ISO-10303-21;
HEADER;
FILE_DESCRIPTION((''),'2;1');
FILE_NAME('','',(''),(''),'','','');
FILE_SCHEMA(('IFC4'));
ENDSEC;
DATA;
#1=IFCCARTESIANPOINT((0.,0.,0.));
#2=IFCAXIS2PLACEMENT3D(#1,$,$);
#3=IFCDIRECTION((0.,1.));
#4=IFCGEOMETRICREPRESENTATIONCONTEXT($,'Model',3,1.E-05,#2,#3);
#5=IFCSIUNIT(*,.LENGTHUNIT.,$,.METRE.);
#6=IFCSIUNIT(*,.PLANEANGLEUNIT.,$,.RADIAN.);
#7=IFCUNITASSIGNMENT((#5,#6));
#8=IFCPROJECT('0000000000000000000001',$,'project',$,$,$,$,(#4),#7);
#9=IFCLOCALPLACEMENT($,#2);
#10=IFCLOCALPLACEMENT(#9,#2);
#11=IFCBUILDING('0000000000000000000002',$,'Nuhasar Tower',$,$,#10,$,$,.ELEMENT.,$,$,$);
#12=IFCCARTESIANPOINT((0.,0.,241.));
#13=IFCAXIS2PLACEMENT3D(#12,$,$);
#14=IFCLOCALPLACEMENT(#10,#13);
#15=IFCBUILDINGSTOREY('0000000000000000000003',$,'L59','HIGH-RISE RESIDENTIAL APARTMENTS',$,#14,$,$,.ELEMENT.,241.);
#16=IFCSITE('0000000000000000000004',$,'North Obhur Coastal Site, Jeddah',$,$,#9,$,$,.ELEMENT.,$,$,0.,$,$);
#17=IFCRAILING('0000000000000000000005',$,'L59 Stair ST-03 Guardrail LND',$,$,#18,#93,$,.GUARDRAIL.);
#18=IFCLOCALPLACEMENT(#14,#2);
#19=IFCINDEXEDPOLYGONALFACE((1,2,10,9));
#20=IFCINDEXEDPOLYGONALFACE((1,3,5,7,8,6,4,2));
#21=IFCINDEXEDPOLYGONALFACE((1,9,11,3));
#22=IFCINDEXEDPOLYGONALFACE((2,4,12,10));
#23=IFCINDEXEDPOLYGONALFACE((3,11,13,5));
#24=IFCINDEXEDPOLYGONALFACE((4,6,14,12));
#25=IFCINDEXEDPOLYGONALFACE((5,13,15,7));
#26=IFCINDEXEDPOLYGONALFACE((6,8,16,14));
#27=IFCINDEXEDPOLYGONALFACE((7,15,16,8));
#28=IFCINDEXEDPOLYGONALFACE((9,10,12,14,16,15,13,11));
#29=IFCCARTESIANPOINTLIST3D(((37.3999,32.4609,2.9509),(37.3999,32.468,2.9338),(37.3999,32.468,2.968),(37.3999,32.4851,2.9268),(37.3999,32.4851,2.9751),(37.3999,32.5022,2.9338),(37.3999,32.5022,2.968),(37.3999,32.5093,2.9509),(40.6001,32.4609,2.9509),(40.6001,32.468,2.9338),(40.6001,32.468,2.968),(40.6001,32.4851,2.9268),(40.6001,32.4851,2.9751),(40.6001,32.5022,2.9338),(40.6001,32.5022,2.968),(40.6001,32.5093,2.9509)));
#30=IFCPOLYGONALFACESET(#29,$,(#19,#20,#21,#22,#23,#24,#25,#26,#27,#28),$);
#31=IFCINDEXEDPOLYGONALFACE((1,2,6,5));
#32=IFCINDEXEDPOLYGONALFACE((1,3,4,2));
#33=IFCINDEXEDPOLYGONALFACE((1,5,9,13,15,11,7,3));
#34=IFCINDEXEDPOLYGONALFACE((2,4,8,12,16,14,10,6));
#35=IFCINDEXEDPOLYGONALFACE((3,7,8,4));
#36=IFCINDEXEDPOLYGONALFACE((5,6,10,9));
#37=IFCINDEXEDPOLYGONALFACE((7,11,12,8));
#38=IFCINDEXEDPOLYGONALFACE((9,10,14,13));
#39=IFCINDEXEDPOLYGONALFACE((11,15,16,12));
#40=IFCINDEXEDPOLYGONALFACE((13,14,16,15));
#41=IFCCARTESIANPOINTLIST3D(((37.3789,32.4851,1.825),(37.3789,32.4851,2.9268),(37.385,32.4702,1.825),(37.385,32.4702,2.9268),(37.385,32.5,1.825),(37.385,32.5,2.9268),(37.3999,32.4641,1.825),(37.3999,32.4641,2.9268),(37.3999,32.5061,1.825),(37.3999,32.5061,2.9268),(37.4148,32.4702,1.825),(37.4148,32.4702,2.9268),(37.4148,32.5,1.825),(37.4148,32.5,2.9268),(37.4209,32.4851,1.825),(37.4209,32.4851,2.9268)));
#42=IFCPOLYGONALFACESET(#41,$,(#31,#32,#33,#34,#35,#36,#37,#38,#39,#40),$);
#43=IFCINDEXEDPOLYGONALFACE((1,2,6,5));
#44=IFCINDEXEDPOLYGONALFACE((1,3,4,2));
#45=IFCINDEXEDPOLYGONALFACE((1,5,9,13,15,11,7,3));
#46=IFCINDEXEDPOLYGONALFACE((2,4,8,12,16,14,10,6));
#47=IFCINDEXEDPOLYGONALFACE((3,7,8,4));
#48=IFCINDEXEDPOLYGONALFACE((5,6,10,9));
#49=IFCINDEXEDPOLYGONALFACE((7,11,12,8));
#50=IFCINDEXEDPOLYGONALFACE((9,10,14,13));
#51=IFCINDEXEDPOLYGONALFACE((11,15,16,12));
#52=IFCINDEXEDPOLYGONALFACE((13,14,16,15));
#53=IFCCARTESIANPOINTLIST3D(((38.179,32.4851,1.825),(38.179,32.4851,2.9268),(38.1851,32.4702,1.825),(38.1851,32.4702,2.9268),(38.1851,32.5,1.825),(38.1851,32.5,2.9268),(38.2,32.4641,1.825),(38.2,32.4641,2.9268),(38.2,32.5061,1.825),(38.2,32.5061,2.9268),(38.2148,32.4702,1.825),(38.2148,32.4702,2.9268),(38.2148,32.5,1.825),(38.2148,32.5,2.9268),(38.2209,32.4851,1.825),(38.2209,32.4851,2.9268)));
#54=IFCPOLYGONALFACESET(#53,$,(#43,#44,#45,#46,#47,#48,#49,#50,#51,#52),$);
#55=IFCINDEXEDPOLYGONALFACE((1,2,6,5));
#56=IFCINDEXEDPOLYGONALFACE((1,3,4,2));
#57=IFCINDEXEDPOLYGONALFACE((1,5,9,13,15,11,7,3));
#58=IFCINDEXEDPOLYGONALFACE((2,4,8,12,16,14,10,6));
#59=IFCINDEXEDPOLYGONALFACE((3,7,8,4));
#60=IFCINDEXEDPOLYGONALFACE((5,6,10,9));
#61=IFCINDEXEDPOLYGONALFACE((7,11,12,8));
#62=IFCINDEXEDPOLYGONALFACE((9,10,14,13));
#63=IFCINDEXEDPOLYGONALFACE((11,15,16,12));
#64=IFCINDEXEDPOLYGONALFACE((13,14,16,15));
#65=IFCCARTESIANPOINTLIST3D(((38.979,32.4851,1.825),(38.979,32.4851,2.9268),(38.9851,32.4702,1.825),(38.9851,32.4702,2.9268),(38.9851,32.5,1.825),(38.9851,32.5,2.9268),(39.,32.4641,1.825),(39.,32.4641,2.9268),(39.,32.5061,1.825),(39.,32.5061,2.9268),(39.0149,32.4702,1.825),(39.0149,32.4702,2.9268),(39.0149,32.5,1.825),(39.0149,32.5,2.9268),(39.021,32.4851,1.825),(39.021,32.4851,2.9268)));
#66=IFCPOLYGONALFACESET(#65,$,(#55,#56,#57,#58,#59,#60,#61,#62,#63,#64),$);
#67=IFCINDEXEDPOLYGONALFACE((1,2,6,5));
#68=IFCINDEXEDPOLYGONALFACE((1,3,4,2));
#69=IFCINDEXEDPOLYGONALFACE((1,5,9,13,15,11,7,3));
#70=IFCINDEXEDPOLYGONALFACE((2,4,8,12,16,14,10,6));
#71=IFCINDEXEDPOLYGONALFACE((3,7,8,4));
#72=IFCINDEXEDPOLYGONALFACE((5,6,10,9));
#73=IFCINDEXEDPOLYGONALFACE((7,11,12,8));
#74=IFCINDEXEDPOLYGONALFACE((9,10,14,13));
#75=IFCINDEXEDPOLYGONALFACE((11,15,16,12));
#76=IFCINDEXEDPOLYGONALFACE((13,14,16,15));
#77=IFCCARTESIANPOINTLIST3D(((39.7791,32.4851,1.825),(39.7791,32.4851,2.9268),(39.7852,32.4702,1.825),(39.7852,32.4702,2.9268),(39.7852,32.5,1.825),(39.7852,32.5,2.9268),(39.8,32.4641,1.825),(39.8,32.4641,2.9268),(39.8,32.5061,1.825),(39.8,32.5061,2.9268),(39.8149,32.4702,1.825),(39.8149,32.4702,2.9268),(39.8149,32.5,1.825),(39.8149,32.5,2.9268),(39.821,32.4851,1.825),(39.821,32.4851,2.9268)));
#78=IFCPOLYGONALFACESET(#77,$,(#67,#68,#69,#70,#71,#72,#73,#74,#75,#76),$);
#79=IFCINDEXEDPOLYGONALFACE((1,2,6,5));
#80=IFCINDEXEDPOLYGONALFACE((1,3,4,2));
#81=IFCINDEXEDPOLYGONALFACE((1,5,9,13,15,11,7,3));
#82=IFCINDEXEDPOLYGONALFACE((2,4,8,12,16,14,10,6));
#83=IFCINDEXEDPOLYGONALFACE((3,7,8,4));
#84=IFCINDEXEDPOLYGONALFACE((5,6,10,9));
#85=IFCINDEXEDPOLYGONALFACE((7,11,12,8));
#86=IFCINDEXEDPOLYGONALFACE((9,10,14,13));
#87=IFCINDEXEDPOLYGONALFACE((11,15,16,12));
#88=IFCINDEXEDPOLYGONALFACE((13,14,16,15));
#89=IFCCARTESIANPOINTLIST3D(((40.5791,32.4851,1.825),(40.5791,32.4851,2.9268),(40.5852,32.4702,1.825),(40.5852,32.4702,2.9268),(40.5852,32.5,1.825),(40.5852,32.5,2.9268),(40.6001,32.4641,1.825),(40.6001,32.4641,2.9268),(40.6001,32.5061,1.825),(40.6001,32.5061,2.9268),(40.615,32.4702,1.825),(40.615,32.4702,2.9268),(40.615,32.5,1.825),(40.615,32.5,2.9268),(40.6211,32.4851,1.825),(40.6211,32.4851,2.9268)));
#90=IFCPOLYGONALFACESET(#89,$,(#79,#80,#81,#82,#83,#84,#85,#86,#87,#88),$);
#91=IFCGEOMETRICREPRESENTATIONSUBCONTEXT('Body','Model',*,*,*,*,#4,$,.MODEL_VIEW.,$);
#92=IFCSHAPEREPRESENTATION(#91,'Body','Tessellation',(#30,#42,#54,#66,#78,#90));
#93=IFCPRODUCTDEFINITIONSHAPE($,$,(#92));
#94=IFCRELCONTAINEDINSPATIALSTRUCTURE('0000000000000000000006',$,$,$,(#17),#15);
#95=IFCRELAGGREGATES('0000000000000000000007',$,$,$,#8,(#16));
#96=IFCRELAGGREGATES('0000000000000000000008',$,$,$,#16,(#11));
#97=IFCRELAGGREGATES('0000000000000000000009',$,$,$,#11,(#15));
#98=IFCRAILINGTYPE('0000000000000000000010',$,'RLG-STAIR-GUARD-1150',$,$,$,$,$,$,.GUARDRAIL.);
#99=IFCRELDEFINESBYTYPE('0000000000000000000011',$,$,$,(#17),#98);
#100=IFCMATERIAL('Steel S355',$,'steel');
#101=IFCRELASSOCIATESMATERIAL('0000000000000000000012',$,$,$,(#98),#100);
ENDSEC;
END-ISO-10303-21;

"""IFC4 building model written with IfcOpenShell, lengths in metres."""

from ifc_helpers import new_model, si_unit, direction, frame, origin, place, context, subcontext, project, spatial, polyline, outline, extrude, material, type_object, element, save


model = new_model("IFC4")

# Units and contexts
model_context = context("Model", 3, precision=1e-05, world=origin(), true_north=direction((0.0, 1.0)))
body_context = subcontext(model_context, "Body", "Model", "MODEL_VIEW")
ifc_project = project(units=[si_unit("LENGTHUNIT", "METRE"), si_unit("PLANEANGLEUNIT", "RADIAN")], contexts=[model_context])

# Site, building, storey
site_placement = place(None, origin())
site = spatial("IfcSite", under=ifc_project, at=site_placement, Name="North Obhur Coastal Site, Jeddah", CompositionType="ELEMENT", RefElevation=0.0)
building_placement = place(site_placement, origin())
building = spatial("IfcBuilding", under=site, at=building_placement, Name="Nuhasar Tower", CompositionType="ELEMENT")
storey_placement = place(building_placement, frame((0.0, 0.0, 241.0)))
storey = spatial("IfcBuildingStorey", under=building, at=storey_placement, Name="L59", Description="HIGH-RISE RESIDENTIAL APARTMENTS", CompositionType="ELEMENT", Elevation=241.0)

# Shared definitions
ifc_material_1 = material(Name="Steel S355", Category="steel")

# Railing
railing_type_1 = type_object("IfcRailingType", Name="RLG-STAIR-GUARD-1150", PredefinedType="GUARDRAIL", material=ifc_material_1)
railing_1_placement = place(storey_placement, frame((37.3999, 32.4851, 1.825)))
element("IfcRailing", 1, at=railing_1_placement, inside=storey, type_object=railing_type_1, Name="L59 Stair ST-03 Guardrail LND", PredefinedType="GUARDRAIL", context=body_context, shape_type="SweptSolid", body=[
    extrude(outline(polyline([(0.0242, 0.0), (0.0171, 0.0171), (0.0, 0.0242), (-0.0171, 0.0171), (-0.0242, 0.0), (-0.0171, -0.0171), (0.0, -0.0242), (0.0171, -0.0171), (0.0242, 0.0)])), frame((0.0, 0.0, 1.126), z_axis=(1.0, 0.0, 0.0), x_axis=(0.0, 1.0, 0.0)), (0.0, 0.0, 1.0), 3.2002),
    extrude(outline(polyline([(0.021, 0.0), (0.0149, 0.0149), (0.0, 0.021), (-0.0149, 0.0149), (-0.021, 0.0), (-0.0149, -0.0149), (0.0, -0.021), (0.0149, -0.0149), (0.021, 0.0)])), origin(), (0.0, 0.0, 1.0), 1.1018),
    extrude(outline(polyline([(0.021, 0.0), (0.0149, 0.0149), (0.0, 0.021), (-0.0149, 0.0149), (-0.021, 0.0), (-0.0149, -0.0149), (0.0, -0.021), (0.0149, -0.0149), (0.021, 0.0)])), frame((0.8, 0.0, 0.0)), (0.0, 0.0, 1.0), 1.1018),
    extrude(outline(polyline([(0.021, 0.0), (0.0149, 0.0149), (0.0, 0.021), (-0.0149, 0.0149), (-0.021, 0.0), (-0.0149, -0.0149), (0.0, -0.021), (0.0149, -0.0149), (0.021, 0.0)])), frame((1.6001, 0.0, 0.0)), (0.0, 0.0, 1.0), 1.1018),
    extrude(outline(polyline([(0.021, 0.0), (0.0149, 0.0149), (0.0, 0.021), (-0.0149, 0.0149), (-0.021, 0.0), (-0.0149, -0.0149), (0.0, -0.021), (0.0149, -0.0149), (0.021, 0.0)])), frame((2.4001, 0.0, 0.0)), (0.0, 0.0, 1.0), 1.1018),
    extrude(outline(polyline([(0.021, 0.0), (0.0149, 0.0149), (0.0, 0.021), (-0.0149, 0.0149), (-0.021, 0.0), (-0.0149, -0.0149), (0.0, -0.021), (0.0149, -0.0149), (0.021, 0.0)])), frame((3.2002, 0.0, 0.0)), (0.0, 0.0, 1.0), 1.1018),
])

save(model, "model.ifc")
